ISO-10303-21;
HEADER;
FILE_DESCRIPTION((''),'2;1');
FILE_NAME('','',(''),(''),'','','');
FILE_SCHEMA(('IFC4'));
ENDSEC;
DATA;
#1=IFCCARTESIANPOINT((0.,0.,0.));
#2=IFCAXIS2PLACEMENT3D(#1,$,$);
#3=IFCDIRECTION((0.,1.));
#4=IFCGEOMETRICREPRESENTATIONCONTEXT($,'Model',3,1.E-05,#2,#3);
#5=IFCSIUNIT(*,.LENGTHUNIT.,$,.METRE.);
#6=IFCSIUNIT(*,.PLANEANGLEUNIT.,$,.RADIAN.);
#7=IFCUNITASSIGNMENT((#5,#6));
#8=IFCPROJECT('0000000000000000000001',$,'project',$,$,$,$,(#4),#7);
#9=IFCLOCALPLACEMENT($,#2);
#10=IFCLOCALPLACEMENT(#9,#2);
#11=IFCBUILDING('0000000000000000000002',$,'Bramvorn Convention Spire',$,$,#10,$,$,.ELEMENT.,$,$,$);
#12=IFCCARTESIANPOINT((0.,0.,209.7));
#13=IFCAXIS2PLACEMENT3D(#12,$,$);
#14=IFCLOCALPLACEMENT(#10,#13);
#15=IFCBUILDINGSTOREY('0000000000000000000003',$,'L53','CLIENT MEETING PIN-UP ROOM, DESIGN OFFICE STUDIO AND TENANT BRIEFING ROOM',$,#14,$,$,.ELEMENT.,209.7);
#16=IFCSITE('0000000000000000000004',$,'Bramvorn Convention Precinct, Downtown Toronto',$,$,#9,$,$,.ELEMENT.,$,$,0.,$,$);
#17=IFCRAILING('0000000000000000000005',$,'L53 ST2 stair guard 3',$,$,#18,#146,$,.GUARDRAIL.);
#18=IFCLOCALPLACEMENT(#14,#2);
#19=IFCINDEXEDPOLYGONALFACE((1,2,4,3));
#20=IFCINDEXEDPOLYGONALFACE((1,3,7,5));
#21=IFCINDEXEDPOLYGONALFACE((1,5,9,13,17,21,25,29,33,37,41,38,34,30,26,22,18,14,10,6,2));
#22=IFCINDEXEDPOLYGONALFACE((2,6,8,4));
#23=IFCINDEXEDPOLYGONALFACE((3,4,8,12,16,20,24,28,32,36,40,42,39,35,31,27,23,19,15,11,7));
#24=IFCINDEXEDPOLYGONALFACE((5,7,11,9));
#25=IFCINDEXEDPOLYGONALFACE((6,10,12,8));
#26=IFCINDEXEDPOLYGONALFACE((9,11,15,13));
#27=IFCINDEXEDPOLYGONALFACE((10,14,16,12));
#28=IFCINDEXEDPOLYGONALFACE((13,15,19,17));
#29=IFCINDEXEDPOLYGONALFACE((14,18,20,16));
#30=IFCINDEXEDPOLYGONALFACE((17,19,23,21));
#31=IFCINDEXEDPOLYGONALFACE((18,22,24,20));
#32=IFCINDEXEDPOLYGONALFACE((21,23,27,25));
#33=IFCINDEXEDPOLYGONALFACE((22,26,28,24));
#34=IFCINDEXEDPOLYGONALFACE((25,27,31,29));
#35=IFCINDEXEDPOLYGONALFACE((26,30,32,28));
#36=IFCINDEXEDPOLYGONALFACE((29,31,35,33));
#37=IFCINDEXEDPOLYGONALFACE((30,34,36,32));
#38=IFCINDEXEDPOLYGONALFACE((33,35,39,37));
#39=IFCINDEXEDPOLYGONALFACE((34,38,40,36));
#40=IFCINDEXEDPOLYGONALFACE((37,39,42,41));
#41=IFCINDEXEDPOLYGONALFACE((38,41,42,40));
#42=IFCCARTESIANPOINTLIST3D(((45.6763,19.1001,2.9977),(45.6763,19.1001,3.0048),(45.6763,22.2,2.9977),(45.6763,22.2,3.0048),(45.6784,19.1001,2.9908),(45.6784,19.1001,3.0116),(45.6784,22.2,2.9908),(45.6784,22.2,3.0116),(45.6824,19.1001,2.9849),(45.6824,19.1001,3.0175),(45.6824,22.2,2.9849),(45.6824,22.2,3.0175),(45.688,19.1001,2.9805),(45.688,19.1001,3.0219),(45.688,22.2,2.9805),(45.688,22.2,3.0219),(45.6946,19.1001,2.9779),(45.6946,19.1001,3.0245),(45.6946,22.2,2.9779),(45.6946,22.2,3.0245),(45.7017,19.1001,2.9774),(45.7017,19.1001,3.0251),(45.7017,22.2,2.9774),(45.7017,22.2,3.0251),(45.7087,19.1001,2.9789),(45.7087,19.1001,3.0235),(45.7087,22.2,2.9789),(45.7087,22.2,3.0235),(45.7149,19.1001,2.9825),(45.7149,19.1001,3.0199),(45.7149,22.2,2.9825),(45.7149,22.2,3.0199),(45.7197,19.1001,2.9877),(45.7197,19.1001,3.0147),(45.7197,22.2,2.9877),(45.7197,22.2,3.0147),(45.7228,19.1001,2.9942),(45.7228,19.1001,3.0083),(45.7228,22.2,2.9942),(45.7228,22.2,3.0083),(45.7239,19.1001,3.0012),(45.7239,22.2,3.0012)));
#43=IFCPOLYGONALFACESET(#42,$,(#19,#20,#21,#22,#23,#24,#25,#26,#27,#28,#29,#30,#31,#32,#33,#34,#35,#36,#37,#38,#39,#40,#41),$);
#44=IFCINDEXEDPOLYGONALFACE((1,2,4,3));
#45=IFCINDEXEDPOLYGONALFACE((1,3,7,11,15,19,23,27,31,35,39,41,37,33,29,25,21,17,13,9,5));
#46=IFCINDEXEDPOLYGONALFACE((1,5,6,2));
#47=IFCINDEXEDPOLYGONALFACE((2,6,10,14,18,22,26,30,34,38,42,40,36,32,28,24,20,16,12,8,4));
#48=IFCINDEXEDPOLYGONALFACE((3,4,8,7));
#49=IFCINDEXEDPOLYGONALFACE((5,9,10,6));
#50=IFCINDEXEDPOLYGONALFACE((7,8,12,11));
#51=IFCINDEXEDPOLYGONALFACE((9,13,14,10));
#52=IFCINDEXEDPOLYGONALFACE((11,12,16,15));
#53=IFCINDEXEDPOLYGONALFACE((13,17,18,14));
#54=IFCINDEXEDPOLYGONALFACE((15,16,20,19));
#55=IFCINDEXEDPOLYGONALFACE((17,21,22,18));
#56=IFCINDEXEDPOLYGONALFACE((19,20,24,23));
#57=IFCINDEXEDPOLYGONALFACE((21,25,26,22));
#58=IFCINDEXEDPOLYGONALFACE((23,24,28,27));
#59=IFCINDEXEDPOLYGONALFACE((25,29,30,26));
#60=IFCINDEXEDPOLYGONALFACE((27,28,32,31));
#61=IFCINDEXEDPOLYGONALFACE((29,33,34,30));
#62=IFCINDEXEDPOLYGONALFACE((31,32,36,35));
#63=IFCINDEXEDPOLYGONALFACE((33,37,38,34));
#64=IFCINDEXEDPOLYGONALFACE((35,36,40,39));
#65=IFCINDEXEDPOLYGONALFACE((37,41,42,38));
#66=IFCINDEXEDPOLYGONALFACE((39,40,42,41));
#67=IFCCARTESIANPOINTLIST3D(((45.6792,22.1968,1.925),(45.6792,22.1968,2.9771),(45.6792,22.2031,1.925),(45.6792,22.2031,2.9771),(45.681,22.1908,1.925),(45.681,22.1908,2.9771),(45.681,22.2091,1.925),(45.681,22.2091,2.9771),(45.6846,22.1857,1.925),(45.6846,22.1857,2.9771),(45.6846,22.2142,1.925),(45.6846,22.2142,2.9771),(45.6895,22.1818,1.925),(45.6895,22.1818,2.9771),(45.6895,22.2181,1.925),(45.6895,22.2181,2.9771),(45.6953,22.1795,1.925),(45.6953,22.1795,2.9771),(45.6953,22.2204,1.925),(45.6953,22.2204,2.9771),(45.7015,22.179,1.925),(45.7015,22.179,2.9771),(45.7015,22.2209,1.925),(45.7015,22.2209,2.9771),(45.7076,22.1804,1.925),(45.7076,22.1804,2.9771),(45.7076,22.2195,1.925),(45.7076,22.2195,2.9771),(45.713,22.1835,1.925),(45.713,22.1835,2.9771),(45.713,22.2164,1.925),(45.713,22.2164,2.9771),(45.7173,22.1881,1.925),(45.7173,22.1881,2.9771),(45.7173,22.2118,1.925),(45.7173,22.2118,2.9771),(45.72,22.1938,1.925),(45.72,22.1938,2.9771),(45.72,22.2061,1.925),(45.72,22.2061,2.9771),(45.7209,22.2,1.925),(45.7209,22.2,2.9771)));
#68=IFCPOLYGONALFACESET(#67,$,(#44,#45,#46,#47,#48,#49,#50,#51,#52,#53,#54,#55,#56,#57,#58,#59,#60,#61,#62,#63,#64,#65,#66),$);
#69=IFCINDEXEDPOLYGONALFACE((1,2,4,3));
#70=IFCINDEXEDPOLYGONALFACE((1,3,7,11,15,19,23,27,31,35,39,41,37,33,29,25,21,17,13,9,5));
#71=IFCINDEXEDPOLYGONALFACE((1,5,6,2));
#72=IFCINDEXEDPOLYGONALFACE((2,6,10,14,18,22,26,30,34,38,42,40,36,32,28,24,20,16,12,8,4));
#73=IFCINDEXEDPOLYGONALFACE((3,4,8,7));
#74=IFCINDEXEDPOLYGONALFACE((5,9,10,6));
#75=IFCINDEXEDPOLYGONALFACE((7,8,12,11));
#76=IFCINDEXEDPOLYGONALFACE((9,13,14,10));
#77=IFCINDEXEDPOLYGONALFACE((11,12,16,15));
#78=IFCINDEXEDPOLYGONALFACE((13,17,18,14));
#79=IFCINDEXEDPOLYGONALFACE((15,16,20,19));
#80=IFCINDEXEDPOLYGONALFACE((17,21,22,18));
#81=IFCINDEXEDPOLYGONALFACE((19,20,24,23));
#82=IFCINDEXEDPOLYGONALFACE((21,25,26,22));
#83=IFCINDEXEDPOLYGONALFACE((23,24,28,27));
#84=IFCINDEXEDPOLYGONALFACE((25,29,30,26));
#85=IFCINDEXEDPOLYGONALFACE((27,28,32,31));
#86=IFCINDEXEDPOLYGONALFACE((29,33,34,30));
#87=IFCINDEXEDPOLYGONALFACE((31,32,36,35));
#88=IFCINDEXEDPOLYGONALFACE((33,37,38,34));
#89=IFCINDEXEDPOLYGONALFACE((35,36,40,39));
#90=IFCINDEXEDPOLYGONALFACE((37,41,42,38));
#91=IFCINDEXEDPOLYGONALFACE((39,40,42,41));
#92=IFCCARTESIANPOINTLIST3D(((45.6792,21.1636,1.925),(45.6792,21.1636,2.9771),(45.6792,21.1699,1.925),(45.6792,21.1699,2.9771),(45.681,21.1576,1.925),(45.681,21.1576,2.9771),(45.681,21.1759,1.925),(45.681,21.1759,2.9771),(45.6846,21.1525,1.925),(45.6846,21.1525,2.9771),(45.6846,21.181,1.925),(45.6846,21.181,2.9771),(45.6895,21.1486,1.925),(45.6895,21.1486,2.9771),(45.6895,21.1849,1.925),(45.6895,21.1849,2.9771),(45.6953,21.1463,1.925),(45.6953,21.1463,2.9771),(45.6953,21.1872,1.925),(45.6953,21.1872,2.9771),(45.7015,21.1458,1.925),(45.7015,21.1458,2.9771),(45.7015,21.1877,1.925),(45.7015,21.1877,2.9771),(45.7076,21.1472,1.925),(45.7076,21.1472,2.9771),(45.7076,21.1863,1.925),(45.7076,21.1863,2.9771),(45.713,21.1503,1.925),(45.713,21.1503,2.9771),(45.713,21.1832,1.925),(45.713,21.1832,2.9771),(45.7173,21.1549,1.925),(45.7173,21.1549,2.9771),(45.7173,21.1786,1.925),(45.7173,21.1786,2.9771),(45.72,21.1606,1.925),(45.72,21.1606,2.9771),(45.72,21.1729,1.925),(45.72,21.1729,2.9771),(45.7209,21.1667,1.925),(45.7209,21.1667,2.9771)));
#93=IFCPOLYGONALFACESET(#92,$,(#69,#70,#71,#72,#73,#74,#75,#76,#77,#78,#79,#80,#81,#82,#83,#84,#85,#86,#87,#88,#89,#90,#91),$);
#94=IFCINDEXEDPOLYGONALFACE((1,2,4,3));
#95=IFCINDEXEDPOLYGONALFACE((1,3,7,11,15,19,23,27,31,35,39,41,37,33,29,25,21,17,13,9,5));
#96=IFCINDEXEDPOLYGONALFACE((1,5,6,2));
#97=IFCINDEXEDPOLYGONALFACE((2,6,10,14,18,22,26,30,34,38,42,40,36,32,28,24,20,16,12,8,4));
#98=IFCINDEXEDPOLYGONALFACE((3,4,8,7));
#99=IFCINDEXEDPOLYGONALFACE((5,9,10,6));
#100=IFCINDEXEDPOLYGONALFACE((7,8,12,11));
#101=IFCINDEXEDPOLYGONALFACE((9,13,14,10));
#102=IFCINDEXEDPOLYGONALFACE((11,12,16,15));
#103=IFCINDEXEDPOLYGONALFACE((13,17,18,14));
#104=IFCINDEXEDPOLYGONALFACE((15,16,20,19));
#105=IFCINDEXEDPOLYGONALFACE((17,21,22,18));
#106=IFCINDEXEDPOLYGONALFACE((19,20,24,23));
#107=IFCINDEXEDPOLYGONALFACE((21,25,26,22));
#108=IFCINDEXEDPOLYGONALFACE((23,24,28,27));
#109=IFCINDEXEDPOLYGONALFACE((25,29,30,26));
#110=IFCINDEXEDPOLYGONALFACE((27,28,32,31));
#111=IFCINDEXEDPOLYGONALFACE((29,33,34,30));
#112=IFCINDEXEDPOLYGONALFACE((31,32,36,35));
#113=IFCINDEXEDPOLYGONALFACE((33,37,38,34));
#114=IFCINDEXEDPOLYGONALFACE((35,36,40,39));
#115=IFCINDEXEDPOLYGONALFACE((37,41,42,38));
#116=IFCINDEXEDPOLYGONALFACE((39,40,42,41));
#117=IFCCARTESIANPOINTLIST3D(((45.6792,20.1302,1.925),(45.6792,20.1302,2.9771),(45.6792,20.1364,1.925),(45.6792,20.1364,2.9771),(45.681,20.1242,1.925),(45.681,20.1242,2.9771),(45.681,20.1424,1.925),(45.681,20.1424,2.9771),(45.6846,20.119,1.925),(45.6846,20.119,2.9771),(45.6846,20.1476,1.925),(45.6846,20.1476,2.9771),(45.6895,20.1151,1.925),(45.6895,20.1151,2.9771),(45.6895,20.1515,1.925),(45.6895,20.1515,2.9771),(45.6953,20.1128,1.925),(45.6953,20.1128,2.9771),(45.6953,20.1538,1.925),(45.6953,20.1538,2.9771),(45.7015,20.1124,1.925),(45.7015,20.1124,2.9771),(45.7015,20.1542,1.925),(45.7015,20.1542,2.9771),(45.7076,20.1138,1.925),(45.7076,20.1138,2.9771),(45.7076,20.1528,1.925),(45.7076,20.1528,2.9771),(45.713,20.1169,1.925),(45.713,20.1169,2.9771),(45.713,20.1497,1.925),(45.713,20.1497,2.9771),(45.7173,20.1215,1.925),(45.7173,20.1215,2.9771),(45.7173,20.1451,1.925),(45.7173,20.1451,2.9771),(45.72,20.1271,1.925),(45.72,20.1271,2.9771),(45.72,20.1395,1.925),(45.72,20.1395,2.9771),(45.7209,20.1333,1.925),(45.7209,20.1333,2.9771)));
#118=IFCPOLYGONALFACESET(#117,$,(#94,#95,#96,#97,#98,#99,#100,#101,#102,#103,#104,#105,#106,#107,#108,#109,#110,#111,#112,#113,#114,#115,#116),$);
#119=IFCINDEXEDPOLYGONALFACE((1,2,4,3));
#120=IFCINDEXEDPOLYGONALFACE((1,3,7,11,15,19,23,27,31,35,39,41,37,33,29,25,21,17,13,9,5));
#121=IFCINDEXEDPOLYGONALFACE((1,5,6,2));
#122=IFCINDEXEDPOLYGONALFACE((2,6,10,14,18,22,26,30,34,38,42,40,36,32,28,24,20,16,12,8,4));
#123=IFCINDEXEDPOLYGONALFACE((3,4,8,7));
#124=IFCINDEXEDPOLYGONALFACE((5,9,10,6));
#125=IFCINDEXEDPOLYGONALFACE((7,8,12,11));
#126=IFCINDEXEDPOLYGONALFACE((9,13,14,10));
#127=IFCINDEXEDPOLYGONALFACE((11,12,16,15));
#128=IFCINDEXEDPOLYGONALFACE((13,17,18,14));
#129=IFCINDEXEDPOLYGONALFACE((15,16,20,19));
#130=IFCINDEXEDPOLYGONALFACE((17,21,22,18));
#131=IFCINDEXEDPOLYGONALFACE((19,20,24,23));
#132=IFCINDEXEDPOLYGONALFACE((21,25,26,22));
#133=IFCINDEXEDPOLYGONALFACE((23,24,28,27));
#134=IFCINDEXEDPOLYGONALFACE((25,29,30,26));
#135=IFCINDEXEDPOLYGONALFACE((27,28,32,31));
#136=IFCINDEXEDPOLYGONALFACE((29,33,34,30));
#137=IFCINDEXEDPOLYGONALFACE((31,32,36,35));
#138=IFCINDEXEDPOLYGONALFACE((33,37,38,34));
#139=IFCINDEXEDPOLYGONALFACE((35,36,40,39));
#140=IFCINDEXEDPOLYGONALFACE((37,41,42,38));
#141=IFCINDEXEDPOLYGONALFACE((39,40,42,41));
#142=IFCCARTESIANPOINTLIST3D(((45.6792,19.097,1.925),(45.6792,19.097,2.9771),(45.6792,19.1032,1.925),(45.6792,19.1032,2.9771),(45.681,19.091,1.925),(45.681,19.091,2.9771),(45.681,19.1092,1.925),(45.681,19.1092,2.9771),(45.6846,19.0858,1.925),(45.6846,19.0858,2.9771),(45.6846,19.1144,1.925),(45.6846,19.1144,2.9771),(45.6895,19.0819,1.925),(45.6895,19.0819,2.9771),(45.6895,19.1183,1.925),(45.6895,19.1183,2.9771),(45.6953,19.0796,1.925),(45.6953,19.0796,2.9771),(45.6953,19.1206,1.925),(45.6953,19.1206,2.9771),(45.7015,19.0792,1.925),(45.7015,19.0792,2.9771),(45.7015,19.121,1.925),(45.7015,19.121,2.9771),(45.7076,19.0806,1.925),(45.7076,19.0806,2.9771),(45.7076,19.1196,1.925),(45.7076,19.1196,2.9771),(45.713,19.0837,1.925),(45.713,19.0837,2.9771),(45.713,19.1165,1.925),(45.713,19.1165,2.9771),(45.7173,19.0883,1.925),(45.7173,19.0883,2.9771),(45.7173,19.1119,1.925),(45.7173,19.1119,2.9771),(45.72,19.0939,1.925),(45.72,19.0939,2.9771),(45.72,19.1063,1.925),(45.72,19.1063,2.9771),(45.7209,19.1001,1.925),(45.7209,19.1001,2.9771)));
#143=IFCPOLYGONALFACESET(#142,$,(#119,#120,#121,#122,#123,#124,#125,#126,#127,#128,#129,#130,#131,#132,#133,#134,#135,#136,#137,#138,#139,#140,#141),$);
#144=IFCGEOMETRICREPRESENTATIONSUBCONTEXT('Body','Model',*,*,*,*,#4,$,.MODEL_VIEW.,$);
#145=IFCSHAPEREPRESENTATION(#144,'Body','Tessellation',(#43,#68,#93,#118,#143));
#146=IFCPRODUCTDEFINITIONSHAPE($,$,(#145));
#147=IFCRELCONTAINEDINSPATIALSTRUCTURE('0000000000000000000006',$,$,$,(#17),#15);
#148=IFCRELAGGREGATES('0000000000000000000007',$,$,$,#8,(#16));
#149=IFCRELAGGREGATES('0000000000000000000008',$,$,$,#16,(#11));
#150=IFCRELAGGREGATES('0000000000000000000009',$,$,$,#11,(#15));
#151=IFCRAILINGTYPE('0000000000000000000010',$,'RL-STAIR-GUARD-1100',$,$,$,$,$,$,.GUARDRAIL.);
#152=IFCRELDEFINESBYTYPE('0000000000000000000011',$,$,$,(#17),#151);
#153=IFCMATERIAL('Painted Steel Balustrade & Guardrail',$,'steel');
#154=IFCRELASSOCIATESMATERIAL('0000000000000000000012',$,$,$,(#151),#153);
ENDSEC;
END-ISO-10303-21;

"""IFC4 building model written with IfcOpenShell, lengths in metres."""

from ifc_helpers import new_model, si_unit, direction, frame, origin, origin_2d, place, context, subcontext, project, spatial, circle, extrude, material, type_object, element, save


model = new_model("IFC4")

# Units and contexts
model_context = context("Model", 3, precision=1e-05, world=origin(), true_north=direction((0.0, 1.0)))
body_context = subcontext(model_context, "Body", "Model", "MODEL_VIEW")
ifc_project = project(units=[si_unit("LENGTHUNIT", "METRE"), si_unit("PLANEANGLEUNIT", "RADIAN")], contexts=[model_context])

# Site, building, storey
site_placement = place(None, origin())
site = spatial("IfcSite", under=ifc_project, at=site_placement, Name="Bramvorn Convention Precinct, Downtown Toronto", CompositionType="ELEMENT", RefElevation=0.0)
building_placement = place(site_placement, origin())
building = spatial("IfcBuilding", under=site, at=building_placement, Name="Bramvorn Convention Spire", CompositionType="ELEMENT")
storey_placement = place(building_placement, frame((0.0, 0.0, 209.7)))
storey = spatial("IfcBuildingStorey", under=building, at=storey_placement, Name="L53", Description="CLIENT MEETING PIN-UP ROOM, DESIGN OFFICE STUDIO AND TENANT BRIEFING ROOM", CompositionType="ELEMENT", Elevation=209.7)

# Railing
ifc_material_1 = material(Name="Painted Steel Balustrade & Guardrail", Category="steel")
railing_type_1 = type_object("IfcRailingType", Name="RL-STAIR-GUARD-1100", PredefinedType="GUARDRAIL", material=ifc_material_1)
railing_1_placement = place(storey_placement, frame((45.7, 22.2, 1.925)))
element("IfcRailing", 1, at=railing_1_placement, inside=storey, type_object=railing_type_1, Name="L53 ST2 stair guard 3", PredefinedType="GUARDRAIL", context=body_context, shape_type="SweptSolid", body=[
    extrude(circle(Radius=0.0239, at=origin_2d()), frame((0.0, 0.0, 1.0762), z_axis=(0.0, -1.0, 0.0), x_axis=(1.0, 0.0, 0.0)), (0.0, 0.0, 1.0), 3.0999),
    extrude(circle(Radius=0.021, at=origin_2d()), origin(), (0.0, 0.0, 1.0), 1.052),
    extrude(circle(Radius=0.021, at=origin_2d()), frame((0.0, -1.0332, 0.0)), (0.0, 0.0, 1.0), 1.052),
    extrude(circle(Radius=0.021, at=origin_2d()), frame((0.0, -2.0667, 0.0)), (0.0, 0.0, 1.0), 1.052),
    extrude(circle(Radius=0.021, at=origin_2d()), frame((0.0, -3.0999, 0.0)), (0.0, 0.0, 1.0), 1.052),
])

save(model, "model.ifc")
